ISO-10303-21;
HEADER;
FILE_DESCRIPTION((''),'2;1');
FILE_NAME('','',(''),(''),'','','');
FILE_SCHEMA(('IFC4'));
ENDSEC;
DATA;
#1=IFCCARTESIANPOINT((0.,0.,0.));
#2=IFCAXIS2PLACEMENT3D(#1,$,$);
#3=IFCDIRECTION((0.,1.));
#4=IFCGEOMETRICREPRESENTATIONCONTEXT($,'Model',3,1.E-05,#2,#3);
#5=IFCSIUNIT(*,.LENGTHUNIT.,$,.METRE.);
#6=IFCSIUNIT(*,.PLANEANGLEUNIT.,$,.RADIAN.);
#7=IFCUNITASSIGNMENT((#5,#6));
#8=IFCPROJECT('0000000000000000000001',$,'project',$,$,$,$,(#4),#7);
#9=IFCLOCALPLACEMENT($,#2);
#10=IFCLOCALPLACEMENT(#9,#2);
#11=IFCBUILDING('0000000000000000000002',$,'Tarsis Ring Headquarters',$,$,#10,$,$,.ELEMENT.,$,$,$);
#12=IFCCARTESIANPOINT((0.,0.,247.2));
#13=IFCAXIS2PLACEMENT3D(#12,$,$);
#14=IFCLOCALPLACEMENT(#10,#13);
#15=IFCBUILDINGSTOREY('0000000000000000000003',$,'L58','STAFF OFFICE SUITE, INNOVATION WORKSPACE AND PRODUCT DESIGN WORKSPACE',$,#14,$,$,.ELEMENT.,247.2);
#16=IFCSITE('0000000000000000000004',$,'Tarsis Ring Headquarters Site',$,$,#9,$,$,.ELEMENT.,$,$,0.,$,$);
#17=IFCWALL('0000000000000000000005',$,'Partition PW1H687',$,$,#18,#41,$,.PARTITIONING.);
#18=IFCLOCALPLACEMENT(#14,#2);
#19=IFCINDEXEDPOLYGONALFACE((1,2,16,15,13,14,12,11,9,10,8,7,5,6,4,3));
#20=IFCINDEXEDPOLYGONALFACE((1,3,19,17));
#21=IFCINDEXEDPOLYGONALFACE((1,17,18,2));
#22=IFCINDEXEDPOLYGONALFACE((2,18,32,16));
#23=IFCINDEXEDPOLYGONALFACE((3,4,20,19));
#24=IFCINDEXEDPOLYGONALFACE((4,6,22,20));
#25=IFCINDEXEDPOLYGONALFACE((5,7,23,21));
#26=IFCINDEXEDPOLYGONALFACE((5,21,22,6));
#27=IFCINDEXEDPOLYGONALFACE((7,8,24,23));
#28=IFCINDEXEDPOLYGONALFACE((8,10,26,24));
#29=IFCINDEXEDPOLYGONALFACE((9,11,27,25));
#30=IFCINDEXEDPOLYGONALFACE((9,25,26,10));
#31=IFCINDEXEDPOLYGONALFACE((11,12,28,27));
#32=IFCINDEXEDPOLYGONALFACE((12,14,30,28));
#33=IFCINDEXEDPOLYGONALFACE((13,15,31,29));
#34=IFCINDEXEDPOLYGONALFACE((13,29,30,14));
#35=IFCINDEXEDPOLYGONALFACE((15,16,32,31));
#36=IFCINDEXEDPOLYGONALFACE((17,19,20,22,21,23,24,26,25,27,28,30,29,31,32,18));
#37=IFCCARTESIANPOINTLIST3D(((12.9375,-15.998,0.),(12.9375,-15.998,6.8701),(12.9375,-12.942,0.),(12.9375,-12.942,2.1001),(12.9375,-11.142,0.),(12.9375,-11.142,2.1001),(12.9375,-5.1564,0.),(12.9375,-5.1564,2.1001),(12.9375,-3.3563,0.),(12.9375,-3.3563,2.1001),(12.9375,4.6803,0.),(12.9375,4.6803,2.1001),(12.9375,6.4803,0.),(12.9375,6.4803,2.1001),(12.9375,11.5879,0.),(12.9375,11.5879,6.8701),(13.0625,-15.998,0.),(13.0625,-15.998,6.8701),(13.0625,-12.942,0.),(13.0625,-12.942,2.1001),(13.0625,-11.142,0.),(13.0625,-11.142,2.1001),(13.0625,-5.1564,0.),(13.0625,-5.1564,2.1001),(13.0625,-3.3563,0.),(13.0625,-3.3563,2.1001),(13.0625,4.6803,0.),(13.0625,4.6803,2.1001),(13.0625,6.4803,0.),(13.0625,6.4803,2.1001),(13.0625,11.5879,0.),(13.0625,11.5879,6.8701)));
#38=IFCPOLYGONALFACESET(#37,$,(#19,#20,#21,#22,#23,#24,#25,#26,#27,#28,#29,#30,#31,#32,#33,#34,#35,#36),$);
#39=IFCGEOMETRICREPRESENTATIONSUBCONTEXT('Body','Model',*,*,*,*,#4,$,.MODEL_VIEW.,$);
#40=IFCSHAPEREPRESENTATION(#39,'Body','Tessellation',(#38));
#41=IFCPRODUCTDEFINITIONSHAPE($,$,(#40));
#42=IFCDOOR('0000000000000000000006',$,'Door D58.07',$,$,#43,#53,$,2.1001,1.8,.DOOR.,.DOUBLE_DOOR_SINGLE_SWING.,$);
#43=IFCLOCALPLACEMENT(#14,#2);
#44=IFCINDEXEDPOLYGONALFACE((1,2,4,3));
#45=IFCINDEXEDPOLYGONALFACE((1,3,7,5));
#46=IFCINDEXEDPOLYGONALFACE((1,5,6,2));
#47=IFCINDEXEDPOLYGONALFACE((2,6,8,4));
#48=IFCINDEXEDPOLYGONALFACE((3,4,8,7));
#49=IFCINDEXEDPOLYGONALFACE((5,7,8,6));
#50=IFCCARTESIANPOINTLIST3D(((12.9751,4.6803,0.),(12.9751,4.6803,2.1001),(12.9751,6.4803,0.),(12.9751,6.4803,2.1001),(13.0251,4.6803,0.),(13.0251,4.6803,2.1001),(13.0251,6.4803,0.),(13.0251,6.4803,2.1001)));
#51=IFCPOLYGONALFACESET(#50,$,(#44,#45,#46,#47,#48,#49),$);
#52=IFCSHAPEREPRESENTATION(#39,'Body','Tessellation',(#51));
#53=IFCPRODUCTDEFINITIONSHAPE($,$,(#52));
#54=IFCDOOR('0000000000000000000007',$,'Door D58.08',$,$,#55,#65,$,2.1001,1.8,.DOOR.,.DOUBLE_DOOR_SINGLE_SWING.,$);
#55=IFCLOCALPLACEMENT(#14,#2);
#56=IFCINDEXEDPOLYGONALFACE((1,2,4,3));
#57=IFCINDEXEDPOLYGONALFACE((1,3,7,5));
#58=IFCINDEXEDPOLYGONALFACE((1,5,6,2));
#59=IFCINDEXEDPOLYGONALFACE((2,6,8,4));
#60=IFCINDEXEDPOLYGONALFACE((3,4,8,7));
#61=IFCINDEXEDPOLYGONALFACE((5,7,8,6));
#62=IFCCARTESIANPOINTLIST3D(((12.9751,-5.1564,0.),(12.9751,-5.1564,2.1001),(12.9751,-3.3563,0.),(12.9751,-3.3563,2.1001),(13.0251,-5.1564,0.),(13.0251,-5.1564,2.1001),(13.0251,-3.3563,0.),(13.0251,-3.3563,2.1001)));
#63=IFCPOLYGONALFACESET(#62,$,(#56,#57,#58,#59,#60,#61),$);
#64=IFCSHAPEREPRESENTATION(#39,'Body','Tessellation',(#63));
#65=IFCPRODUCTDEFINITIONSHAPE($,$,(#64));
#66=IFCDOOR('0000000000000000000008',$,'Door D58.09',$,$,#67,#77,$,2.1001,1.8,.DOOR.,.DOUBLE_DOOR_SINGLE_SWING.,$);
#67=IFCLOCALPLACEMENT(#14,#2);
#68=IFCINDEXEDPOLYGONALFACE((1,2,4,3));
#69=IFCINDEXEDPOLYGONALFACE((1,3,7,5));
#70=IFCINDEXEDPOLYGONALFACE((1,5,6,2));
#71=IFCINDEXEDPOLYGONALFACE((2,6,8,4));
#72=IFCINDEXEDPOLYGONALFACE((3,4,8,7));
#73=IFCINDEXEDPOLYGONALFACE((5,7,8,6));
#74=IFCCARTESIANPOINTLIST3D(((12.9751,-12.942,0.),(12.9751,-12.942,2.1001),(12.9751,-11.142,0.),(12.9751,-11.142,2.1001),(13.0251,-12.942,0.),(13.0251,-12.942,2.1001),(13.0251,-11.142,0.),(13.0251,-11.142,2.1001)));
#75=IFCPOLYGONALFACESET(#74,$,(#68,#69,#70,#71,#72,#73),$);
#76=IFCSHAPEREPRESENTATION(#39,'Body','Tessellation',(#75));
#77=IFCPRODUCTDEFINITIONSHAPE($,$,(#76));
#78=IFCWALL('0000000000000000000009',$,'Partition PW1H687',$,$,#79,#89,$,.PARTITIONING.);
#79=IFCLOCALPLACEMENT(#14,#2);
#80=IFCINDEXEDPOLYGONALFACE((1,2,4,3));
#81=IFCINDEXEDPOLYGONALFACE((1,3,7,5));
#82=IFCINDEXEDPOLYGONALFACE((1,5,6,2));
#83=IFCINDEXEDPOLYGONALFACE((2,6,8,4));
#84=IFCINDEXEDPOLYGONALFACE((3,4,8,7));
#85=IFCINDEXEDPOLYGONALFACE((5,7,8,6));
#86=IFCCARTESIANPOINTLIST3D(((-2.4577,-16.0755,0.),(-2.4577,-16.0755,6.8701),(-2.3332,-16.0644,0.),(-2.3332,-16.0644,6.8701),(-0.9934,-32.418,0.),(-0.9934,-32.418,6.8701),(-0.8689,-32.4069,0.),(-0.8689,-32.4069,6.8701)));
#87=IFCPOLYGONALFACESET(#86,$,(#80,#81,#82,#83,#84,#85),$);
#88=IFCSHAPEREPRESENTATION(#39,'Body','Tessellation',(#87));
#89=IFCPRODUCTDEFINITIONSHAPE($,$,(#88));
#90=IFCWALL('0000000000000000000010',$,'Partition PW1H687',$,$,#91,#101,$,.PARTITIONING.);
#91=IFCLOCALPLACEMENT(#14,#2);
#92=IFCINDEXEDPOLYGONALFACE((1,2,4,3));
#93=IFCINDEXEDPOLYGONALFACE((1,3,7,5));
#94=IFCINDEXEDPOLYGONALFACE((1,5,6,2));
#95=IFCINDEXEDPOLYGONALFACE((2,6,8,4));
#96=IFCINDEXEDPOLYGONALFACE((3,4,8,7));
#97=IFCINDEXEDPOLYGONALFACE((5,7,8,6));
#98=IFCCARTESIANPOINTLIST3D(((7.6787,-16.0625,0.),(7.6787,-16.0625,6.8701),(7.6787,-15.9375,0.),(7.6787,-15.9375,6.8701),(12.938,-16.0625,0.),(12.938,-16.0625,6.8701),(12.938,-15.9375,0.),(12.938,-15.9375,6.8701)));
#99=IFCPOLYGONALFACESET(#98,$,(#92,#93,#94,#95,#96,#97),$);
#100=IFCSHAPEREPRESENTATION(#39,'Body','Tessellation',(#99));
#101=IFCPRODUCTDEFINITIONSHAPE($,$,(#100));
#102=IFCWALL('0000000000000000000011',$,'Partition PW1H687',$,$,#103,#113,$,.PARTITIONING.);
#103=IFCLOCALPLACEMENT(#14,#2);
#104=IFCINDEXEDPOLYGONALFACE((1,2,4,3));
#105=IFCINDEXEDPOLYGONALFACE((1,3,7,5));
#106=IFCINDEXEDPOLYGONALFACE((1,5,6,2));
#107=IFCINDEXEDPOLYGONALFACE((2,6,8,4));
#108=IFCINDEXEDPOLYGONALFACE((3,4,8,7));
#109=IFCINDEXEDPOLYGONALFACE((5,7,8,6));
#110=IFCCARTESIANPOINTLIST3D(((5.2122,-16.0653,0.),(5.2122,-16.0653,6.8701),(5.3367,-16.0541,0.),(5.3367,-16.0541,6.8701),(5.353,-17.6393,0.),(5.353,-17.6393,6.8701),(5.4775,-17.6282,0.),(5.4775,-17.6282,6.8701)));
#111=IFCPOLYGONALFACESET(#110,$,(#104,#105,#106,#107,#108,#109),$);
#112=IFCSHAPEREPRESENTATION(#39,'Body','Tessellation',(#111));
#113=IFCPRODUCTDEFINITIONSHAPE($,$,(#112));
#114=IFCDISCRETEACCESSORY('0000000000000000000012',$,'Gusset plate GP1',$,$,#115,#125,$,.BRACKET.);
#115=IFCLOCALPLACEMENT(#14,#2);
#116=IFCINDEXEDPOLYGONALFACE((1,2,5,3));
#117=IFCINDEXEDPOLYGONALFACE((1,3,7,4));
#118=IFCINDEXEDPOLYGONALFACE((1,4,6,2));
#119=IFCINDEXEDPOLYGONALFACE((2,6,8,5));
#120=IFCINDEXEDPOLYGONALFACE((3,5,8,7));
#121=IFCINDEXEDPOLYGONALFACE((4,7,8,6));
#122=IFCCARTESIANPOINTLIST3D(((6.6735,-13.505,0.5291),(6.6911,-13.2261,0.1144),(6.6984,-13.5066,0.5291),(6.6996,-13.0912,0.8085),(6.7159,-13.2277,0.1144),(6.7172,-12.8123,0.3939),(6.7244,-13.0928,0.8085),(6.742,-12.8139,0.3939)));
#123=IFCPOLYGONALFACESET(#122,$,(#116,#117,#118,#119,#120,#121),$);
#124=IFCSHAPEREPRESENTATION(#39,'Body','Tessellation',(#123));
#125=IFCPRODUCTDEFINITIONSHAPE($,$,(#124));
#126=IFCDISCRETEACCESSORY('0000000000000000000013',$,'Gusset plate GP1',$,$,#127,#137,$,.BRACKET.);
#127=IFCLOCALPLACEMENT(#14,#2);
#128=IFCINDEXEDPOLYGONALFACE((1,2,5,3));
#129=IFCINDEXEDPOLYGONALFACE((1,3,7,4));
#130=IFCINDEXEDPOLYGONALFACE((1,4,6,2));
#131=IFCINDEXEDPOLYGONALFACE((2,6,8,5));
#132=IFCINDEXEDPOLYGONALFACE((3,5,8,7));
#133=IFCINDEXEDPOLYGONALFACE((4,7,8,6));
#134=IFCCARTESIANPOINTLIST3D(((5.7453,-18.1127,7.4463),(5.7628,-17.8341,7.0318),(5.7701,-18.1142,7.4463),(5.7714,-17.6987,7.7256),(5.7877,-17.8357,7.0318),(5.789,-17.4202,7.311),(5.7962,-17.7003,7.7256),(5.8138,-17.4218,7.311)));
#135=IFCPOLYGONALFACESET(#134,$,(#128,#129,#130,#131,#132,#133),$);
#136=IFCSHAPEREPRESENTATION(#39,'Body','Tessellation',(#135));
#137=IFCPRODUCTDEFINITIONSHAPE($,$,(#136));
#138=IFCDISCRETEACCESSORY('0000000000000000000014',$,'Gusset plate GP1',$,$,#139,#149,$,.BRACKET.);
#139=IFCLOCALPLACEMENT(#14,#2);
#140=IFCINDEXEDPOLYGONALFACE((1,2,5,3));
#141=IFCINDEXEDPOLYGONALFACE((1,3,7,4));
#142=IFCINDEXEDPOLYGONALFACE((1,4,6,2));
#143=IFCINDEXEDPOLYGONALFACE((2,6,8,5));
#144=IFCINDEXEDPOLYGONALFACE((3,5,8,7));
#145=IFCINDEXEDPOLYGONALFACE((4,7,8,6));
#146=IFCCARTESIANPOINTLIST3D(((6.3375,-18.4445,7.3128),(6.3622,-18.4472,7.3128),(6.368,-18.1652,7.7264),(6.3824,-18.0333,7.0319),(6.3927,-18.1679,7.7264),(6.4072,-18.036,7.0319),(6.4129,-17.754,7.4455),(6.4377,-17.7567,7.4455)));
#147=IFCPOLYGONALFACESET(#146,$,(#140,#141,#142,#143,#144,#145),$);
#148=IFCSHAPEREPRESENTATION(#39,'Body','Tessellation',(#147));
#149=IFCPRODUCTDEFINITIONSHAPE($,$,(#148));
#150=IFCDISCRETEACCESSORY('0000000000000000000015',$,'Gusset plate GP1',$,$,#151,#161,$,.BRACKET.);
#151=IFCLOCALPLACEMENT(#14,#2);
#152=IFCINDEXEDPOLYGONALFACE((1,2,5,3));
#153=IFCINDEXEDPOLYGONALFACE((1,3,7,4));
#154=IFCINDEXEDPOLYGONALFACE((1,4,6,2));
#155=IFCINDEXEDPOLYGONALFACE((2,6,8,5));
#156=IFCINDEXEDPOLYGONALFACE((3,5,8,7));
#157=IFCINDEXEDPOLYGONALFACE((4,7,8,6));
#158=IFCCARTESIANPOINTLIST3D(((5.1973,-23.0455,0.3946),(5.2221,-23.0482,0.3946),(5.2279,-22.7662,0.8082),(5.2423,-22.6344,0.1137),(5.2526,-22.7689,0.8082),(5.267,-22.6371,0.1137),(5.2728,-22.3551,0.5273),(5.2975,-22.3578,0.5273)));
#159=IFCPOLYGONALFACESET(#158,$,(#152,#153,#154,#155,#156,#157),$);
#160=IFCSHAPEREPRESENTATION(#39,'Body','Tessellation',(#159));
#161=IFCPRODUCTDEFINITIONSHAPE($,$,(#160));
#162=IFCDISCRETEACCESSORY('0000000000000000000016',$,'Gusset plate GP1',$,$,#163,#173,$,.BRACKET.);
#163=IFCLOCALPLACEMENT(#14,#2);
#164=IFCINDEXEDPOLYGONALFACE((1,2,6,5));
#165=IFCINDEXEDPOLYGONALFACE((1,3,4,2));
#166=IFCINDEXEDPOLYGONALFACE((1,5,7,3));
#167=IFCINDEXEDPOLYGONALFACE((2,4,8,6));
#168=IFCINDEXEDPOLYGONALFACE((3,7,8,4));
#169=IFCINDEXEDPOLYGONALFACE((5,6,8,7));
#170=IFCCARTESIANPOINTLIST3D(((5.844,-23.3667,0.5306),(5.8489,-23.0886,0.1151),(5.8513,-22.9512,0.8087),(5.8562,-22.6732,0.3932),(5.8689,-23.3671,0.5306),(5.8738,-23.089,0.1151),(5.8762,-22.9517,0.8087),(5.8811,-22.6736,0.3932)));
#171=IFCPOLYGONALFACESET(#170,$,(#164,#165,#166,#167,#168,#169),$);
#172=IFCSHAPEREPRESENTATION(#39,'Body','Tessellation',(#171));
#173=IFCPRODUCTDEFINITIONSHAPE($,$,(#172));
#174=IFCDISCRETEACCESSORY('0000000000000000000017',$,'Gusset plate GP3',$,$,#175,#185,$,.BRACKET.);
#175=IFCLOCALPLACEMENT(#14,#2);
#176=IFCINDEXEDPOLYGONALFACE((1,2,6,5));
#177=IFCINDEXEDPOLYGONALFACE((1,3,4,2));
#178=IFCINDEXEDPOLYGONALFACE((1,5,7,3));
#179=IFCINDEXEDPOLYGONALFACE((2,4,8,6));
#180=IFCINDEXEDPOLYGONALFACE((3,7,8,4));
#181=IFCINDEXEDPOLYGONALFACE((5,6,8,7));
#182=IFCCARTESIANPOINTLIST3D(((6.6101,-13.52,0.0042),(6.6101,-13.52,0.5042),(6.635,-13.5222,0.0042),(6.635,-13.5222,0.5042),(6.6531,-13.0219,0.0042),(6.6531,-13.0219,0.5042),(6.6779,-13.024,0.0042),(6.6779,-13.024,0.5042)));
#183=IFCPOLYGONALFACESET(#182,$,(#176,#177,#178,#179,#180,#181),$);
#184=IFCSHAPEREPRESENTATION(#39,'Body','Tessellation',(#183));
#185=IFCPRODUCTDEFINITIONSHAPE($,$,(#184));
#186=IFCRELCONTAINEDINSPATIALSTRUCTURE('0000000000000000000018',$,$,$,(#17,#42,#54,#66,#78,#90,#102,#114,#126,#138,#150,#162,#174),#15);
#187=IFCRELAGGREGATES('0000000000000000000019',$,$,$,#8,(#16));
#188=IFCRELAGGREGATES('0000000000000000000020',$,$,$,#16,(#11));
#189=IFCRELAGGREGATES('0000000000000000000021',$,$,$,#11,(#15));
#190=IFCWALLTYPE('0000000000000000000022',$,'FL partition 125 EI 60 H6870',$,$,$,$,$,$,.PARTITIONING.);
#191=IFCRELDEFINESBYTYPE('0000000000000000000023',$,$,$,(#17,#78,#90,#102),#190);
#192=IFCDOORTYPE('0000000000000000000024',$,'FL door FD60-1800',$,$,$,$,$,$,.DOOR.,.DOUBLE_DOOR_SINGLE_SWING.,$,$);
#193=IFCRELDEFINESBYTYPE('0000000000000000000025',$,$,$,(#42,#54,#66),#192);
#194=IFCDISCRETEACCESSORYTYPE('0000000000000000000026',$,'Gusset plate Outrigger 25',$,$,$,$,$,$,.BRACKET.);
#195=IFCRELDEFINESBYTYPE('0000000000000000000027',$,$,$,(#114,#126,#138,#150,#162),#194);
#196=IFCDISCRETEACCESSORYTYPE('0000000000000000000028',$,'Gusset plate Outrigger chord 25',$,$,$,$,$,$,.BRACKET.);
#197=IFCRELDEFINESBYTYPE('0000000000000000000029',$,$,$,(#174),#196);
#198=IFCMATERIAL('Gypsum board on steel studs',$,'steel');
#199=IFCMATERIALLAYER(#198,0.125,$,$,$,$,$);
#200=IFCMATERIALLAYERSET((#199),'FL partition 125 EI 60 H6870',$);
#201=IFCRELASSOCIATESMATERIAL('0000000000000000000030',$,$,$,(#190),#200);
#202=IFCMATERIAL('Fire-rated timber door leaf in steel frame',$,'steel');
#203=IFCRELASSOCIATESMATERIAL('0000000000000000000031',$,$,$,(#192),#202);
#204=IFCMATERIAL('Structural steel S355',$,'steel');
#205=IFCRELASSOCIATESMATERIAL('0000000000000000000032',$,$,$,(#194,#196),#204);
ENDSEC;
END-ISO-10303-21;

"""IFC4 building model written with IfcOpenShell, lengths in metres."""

from ifc_helpers import new_model, si_unit, direction, frame, frame_2d, origin, origin_2d, place, context, subcontext, project, spatial, rectangle, extrude, material, layer, layer_set, material_profile, profile_set, type_object, element, fill, save


model = new_model("IFC4")

# Units and contexts
model_context = context("Model", 3, precision=1e-05, world=origin(), true_north=direction((0.0, 1.0)))
body_context = subcontext(model_context, "Body", "Model", "MODEL_VIEW")
ifc_project = project(units=[si_unit("LENGTHUNIT", "METRE"), si_unit("PLANEANGLEUNIT", "RADIAN")], contexts=[model_context])

# Site, building, storey
site_placement = place(None, origin())
site = spatial("IfcSite", under=ifc_project, at=site_placement, Name="Tarsis Ring Headquarters Site", CompositionType="ELEMENT", RefElevation=0.0)
building_placement = place(site_placement, origin())
building = spatial("IfcBuilding", under=site, at=building_placement, Name="Tarsis Ring Headquarters", CompositionType="ELEMENT")
storey_placement = place(building_placement, frame((0.0, 0.0, 247.2)))
storey = spatial("IfcBuildingStorey", under=building, at=storey_placement, Name="L58", Description="STAFF OFFICE SUITE, INNOVATION WORKSPACE AND PRODUCT DESIGN WORKSPACE", CompositionType="ELEMENT", Elevation=247.2)

# Shared definitions
ifc_material_1 = material(Name="Structural steel S355", Category="steel")

# Shared definitions
ifc_material_2 = material(Name="Gypsum board on steel studs", Category="steel")

# Wall, openings, doors
ifc_layer_1 = layer(ifc_material_2, 0.125)
ifc_layer_set_1 = layer_set([ifc_layer_1], Name="FL partition 125 EI 60 H6870")
wall_type_1 = type_object("IfcWallType", Name="FL partition 125 EI 60 H6870", PredefinedType="PARTITIONING", material=ifc_layer_set_1)
wall_1_placement = place(storey_placement, frame((13.0, -15.998, 0.0), z_axis=(0.0, 0.0, 1.0), x_axis=(0.0, 1.0, 0.0)))
wall_1 = element("IfcWall", 1, at=wall_1_placement, inside=storey, type_object=wall_type_1, Name="Partition PW1H687", PredefinedType="PARTITIONING", context=body_context, shape_type="SweptSolid", body=[
    extrude(rectangle(XDim=27.5859, YDim=0.125, at=frame_2d((13.793, 0.0))), origin(), (0.0, 0.0, 1.0), 6.8701),
])
opening_1_placement = place(wall_1_placement, frame((20.6785, 0.0, 0.0)))
opening_1 = element("IfcOpeningElement", 2, at=opening_1_placement, cuts=wall_1, PredefinedType="OPENING", context=body_context, shape_type="SweptSolid", body=[
    extrude(rectangle(XDim=1.8, YDim=2.1001, at=frame_2d((0.8999, 1.05))), frame((0.0, 0.0725, 0.0), z_axis=(0.0, -1.0, 0.0), x_axis=(1.0, 0.0, 0.0)), (0.0, 0.0, 1.0), 0.145),
])
opening_2_placement = place(wall_1_placement, frame((10.8418, 0.0, 0.0)))
opening_2 = element("IfcOpeningElement", 3, at=opening_2_placement, cuts=wall_1, PredefinedType="OPENING", context=body_context, shape_type="SweptSolid", body=[
    extrude(rectangle(XDim=1.8, YDim=2.1001, at=frame_2d((0.8999, 1.05))), frame((0.0, 0.0725, 0.0), z_axis=(0.0, -1.0, 0.0), x_axis=(1.0, 0.0, 0.0)), (0.0, 0.0, 1.0), 0.145),
])
opening_3_placement = place(wall_1_placement, frame((3.0562, 0.0, 0.0)))
opening_3 = element("IfcOpeningElement", 4, at=opening_3_placement, cuts=wall_1, PredefinedType="OPENING", context=body_context, shape_type="SweptSolid", body=[
    extrude(rectangle(XDim=1.8, YDim=2.1001, at=frame_2d((0.8999, 1.05))), frame((0.0, 0.0725, 0.0), z_axis=(0.0, -1.0, 0.0), x_axis=(1.0, 0.0, 0.0)), (0.0, 0.0, 1.0), 0.145),
])
ifc_material_3 = material(Name="Fire-rated timber door leaf in steel frame", Category="steel")
door_type = type_object("IfcDoorType", Name="FL door FD60-1800", OperationType="DOUBLE_DOOR_SINGLE_SWING", PredefinedType="DOOR", material=ifc_material_3)
door_1_placement = place(opening_1_placement, origin())
door_1 = element("IfcDoor", 5, at=door_1_placement, inside=storey, type_object=door_type, Name="Door D58.07", OperationType="DOUBLE_DOOR_SINGLE_SWING", OverallHeight=2.1001, OverallWidth=1.8, PredefinedType="DOOR", context=body_context, shape_type="SweptSolid", body=[
    extrude(rectangle(XDim=1.8, YDim=2.1001, at=frame_2d((0.8999, 1.05))), frame((0.0, 0.0249, 0.0), z_axis=(0.0, -1.0, 0.0), x_axis=(1.0, 0.0, 0.0)), (0.0, 0.0, 1.0), 0.05),
])
fill(opening_1, door_1)
door_2_placement = place(opening_2_placement, origin())
door_2 = element("IfcDoor", 6, at=door_2_placement, inside=storey, type_object=door_type, Name="Door D58.08", OperationType="DOUBLE_DOOR_SINGLE_SWING", OverallHeight=2.1001, OverallWidth=1.8, PredefinedType="DOOR", context=body_context, shape_type="SweptSolid", body=[
    extrude(rectangle(XDim=1.8, YDim=2.1001, at=frame_2d((0.8999, 1.05))), frame((0.0, 0.0249, 0.0), z_axis=(0.0, -1.0, 0.0), x_axis=(1.0, 0.0, 0.0)), (0.0, 0.0, 1.0), 0.05),
])
fill(opening_2, door_2)
door_3_placement = place(opening_3_placement, origin())
door_3 = element("IfcDoor", 7, at=door_3_placement, inside=storey, type_object=door_type, Name="Door D58.09", OperationType="DOUBLE_DOOR_SINGLE_SWING", OverallHeight=2.1001, OverallWidth=1.8, PredefinedType="DOOR", context=body_context, shape_type="SweptSolid", body=[
    extrude(rectangle(XDim=1.8, YDim=2.1001, at=frame_2d((0.8999, 1.05))), frame((0.0, 0.0249, 0.0), z_axis=(0.0, -1.0, 0.0), x_axis=(1.0, 0.0, 0.0)), (0.0, 0.0, 1.0), 0.05),
])
fill(opening_3, door_3)

# Walls
wall_2_placement = place(storey_placement, frame((-2.3955, -16.0698, 0.0), z_axis=(0.0, 0.0, 1.0), x_axis=(0.089246, -0.99601, 0.0)))
element("IfcWall", 8, at=wall_2_placement, inside=storey, type_object=wall_type_1, Name="Partition PW1H687", PredefinedType="PARTITIONING", context=body_context, shape_type="SweptSolid", body=[
    extrude(rectangle(XDim=16.408, YDim=0.125, at=frame_2d((8.2041, 0.0))), origin(), (0.0, 0.0, 1.0), 6.8701),
])
wall_3_placement = place(storey_placement, frame((7.6787, -16.0, 0.0), z_axis=(0.0, 0.0, 1.0), x_axis=(1.0, 0.0, 0.0)))
element("IfcWall", 9, at=wall_3_placement, inside=storey, type_object=wall_type_1, Name="Partition PW1H687", PredefinedType="PARTITIONING", context=body_context, shape_type="SweptSolid", body=[
    extrude(rectangle(XDim=5.2593, YDim=0.125, at=frame_2d((2.6296, 0.0))), origin(), (0.0, 0.0, 1.0), 6.8701),
])
wall_4_placement = place(storey_placement, frame((5.2744, -16.0598, 0.0), z_axis=(0.0, 0.0, 1.0), x_axis=(0.089143, -0.996019, 0.0)))
element("IfcWall", 10, at=wall_4_placement, inside=storey, type_object=wall_type_1, Name="Partition PW1H687", PredefinedType="PARTITIONING", context=body_context, shape_type="SweptSolid", body=[
    extrude(rectangle(XDim=1.5803, YDim=0.125, at=frame_2d((0.79, 0.0))), origin(), (0.0, 0.0, 1.0), 6.8701),
])

# Discrete accessories
ifc_material_profile_1 = material_profile(ifc_material_1, rectangle(XDim=0.0249, YDim=0.5, at=origin_2d()), Name="PL 25x500")
ifc_profile_set_1 = profile_set([ifc_material_profile_1], Name="Structural steel S355")
discrete_accessory_type_1 = type_object("IfcDiscreteAccessoryType", Name="Gusset plate Outrigger 25", PredefinedType="BRACKET", material=ifc_profile_set_1)
discrete_accessory_1_placement = place(storey_placement, frame((6.7166, -13.02, 0.2542), z_axis=(-0.035164, -0.557734, 0.829275), x_axis=(0.998018, -0.062922, 0.0)))
element("IfcDiscreteAccessory", 11, at=discrete_accessory_1_placement, inside=storey, type_object=discrete_accessory_type_1, Name="Gusset plate GP1", PredefinedType="BRACKET", context=body_context, shape_type="SweptSolid", body=[
    extrude(rectangle(XDim=0.0249, YDim=0.5, at=origin_2d()), origin(), (0.0, 0.0, 1.0), 0.5),
])
discrete_accessory_2_placement = place(storey_placement, frame((5.7708, -17.9065, 7.5859), z_axis=(0.035173, 0.557397, -0.829501), x_axis=(-0.998015, 0.062977, 0.0)))
element("IfcDiscreteAccessory", 12, at=discrete_accessory_2_placement, inside=storey, type_object=discrete_accessory_type_1, Name="Gusset plate GP1", PredefinedType="BRACKET", context=body_context, shape_type="SweptSolid", body=[
    extrude(rectangle(XDim=0.0249, YDim=0.5, at=origin_2d()), origin(), (0.0, 0.0, 1.0), 0.4998),
])
for number, where, z_axis, x_axis, name in (
    (13, (6.4028, -17.9609, 7.5859), (-0.061037, -0.558614, -0.827179), (0.994083, -0.108619, 0.0), "Gusset plate GP1"),
    (14, (5.2322, -22.8413, 0.2542), (0.061037, 0.558614, 0.827179), (-0.994083, 0.108619, 0.0), "Gusset plate GP1"),
    (15, (5.865, -22.8811, 0.2542), (-0.009765, -0.556138, 0.831033), (0.999846, -0.017557, 0.0), "Gusset plate GP1"),
):
    element("IfcDiscreteAccessory", number, at=place(storey_placement, frame(where, z_axis=z_axis, x_axis=x_axis)), inside=storey, type_object=discrete_accessory_type_1, Name=name, PredefinedType="BRACKET", context=body_context, shape_type="SweptSolid", body=[
        extrude(rectangle(XDim=0.0249, YDim=0.5, at=origin_2d()), origin(), (0.0, 0.0, 1.0), 0.5),
    ])
discrete_accessory_type_2 = type_object("IfcDiscreteAccessoryType", Name="Gusset plate Outrigger chord 25", PredefinedType="BRACKET", material=ifc_profile_set_1)
for number, where, z_axis, x_axis, name in (
    (16, (6.6655, -13.0229, 0.2542), (-0.085955, -0.996299, 0.0), (0.996299, -0.085955, 0.0), "Gusset plate GP3"),
):
    element("IfcDiscreteAccessory", number, at=place(storey_placement, frame(where, z_axis=z_axis, x_axis=x_axis)), inside=storey, type_object=discrete_accessory_type_2, Name=name, PredefinedType="BRACKET", context=body_context, shape_type="SweptSolid", body=[
        extrude(rectangle(XDim=0.0249, YDim=0.5, at=origin_2d()), origin(), (0.0, 0.0, 1.0), 0.5),
    ])

save(model, "model.ifc")
